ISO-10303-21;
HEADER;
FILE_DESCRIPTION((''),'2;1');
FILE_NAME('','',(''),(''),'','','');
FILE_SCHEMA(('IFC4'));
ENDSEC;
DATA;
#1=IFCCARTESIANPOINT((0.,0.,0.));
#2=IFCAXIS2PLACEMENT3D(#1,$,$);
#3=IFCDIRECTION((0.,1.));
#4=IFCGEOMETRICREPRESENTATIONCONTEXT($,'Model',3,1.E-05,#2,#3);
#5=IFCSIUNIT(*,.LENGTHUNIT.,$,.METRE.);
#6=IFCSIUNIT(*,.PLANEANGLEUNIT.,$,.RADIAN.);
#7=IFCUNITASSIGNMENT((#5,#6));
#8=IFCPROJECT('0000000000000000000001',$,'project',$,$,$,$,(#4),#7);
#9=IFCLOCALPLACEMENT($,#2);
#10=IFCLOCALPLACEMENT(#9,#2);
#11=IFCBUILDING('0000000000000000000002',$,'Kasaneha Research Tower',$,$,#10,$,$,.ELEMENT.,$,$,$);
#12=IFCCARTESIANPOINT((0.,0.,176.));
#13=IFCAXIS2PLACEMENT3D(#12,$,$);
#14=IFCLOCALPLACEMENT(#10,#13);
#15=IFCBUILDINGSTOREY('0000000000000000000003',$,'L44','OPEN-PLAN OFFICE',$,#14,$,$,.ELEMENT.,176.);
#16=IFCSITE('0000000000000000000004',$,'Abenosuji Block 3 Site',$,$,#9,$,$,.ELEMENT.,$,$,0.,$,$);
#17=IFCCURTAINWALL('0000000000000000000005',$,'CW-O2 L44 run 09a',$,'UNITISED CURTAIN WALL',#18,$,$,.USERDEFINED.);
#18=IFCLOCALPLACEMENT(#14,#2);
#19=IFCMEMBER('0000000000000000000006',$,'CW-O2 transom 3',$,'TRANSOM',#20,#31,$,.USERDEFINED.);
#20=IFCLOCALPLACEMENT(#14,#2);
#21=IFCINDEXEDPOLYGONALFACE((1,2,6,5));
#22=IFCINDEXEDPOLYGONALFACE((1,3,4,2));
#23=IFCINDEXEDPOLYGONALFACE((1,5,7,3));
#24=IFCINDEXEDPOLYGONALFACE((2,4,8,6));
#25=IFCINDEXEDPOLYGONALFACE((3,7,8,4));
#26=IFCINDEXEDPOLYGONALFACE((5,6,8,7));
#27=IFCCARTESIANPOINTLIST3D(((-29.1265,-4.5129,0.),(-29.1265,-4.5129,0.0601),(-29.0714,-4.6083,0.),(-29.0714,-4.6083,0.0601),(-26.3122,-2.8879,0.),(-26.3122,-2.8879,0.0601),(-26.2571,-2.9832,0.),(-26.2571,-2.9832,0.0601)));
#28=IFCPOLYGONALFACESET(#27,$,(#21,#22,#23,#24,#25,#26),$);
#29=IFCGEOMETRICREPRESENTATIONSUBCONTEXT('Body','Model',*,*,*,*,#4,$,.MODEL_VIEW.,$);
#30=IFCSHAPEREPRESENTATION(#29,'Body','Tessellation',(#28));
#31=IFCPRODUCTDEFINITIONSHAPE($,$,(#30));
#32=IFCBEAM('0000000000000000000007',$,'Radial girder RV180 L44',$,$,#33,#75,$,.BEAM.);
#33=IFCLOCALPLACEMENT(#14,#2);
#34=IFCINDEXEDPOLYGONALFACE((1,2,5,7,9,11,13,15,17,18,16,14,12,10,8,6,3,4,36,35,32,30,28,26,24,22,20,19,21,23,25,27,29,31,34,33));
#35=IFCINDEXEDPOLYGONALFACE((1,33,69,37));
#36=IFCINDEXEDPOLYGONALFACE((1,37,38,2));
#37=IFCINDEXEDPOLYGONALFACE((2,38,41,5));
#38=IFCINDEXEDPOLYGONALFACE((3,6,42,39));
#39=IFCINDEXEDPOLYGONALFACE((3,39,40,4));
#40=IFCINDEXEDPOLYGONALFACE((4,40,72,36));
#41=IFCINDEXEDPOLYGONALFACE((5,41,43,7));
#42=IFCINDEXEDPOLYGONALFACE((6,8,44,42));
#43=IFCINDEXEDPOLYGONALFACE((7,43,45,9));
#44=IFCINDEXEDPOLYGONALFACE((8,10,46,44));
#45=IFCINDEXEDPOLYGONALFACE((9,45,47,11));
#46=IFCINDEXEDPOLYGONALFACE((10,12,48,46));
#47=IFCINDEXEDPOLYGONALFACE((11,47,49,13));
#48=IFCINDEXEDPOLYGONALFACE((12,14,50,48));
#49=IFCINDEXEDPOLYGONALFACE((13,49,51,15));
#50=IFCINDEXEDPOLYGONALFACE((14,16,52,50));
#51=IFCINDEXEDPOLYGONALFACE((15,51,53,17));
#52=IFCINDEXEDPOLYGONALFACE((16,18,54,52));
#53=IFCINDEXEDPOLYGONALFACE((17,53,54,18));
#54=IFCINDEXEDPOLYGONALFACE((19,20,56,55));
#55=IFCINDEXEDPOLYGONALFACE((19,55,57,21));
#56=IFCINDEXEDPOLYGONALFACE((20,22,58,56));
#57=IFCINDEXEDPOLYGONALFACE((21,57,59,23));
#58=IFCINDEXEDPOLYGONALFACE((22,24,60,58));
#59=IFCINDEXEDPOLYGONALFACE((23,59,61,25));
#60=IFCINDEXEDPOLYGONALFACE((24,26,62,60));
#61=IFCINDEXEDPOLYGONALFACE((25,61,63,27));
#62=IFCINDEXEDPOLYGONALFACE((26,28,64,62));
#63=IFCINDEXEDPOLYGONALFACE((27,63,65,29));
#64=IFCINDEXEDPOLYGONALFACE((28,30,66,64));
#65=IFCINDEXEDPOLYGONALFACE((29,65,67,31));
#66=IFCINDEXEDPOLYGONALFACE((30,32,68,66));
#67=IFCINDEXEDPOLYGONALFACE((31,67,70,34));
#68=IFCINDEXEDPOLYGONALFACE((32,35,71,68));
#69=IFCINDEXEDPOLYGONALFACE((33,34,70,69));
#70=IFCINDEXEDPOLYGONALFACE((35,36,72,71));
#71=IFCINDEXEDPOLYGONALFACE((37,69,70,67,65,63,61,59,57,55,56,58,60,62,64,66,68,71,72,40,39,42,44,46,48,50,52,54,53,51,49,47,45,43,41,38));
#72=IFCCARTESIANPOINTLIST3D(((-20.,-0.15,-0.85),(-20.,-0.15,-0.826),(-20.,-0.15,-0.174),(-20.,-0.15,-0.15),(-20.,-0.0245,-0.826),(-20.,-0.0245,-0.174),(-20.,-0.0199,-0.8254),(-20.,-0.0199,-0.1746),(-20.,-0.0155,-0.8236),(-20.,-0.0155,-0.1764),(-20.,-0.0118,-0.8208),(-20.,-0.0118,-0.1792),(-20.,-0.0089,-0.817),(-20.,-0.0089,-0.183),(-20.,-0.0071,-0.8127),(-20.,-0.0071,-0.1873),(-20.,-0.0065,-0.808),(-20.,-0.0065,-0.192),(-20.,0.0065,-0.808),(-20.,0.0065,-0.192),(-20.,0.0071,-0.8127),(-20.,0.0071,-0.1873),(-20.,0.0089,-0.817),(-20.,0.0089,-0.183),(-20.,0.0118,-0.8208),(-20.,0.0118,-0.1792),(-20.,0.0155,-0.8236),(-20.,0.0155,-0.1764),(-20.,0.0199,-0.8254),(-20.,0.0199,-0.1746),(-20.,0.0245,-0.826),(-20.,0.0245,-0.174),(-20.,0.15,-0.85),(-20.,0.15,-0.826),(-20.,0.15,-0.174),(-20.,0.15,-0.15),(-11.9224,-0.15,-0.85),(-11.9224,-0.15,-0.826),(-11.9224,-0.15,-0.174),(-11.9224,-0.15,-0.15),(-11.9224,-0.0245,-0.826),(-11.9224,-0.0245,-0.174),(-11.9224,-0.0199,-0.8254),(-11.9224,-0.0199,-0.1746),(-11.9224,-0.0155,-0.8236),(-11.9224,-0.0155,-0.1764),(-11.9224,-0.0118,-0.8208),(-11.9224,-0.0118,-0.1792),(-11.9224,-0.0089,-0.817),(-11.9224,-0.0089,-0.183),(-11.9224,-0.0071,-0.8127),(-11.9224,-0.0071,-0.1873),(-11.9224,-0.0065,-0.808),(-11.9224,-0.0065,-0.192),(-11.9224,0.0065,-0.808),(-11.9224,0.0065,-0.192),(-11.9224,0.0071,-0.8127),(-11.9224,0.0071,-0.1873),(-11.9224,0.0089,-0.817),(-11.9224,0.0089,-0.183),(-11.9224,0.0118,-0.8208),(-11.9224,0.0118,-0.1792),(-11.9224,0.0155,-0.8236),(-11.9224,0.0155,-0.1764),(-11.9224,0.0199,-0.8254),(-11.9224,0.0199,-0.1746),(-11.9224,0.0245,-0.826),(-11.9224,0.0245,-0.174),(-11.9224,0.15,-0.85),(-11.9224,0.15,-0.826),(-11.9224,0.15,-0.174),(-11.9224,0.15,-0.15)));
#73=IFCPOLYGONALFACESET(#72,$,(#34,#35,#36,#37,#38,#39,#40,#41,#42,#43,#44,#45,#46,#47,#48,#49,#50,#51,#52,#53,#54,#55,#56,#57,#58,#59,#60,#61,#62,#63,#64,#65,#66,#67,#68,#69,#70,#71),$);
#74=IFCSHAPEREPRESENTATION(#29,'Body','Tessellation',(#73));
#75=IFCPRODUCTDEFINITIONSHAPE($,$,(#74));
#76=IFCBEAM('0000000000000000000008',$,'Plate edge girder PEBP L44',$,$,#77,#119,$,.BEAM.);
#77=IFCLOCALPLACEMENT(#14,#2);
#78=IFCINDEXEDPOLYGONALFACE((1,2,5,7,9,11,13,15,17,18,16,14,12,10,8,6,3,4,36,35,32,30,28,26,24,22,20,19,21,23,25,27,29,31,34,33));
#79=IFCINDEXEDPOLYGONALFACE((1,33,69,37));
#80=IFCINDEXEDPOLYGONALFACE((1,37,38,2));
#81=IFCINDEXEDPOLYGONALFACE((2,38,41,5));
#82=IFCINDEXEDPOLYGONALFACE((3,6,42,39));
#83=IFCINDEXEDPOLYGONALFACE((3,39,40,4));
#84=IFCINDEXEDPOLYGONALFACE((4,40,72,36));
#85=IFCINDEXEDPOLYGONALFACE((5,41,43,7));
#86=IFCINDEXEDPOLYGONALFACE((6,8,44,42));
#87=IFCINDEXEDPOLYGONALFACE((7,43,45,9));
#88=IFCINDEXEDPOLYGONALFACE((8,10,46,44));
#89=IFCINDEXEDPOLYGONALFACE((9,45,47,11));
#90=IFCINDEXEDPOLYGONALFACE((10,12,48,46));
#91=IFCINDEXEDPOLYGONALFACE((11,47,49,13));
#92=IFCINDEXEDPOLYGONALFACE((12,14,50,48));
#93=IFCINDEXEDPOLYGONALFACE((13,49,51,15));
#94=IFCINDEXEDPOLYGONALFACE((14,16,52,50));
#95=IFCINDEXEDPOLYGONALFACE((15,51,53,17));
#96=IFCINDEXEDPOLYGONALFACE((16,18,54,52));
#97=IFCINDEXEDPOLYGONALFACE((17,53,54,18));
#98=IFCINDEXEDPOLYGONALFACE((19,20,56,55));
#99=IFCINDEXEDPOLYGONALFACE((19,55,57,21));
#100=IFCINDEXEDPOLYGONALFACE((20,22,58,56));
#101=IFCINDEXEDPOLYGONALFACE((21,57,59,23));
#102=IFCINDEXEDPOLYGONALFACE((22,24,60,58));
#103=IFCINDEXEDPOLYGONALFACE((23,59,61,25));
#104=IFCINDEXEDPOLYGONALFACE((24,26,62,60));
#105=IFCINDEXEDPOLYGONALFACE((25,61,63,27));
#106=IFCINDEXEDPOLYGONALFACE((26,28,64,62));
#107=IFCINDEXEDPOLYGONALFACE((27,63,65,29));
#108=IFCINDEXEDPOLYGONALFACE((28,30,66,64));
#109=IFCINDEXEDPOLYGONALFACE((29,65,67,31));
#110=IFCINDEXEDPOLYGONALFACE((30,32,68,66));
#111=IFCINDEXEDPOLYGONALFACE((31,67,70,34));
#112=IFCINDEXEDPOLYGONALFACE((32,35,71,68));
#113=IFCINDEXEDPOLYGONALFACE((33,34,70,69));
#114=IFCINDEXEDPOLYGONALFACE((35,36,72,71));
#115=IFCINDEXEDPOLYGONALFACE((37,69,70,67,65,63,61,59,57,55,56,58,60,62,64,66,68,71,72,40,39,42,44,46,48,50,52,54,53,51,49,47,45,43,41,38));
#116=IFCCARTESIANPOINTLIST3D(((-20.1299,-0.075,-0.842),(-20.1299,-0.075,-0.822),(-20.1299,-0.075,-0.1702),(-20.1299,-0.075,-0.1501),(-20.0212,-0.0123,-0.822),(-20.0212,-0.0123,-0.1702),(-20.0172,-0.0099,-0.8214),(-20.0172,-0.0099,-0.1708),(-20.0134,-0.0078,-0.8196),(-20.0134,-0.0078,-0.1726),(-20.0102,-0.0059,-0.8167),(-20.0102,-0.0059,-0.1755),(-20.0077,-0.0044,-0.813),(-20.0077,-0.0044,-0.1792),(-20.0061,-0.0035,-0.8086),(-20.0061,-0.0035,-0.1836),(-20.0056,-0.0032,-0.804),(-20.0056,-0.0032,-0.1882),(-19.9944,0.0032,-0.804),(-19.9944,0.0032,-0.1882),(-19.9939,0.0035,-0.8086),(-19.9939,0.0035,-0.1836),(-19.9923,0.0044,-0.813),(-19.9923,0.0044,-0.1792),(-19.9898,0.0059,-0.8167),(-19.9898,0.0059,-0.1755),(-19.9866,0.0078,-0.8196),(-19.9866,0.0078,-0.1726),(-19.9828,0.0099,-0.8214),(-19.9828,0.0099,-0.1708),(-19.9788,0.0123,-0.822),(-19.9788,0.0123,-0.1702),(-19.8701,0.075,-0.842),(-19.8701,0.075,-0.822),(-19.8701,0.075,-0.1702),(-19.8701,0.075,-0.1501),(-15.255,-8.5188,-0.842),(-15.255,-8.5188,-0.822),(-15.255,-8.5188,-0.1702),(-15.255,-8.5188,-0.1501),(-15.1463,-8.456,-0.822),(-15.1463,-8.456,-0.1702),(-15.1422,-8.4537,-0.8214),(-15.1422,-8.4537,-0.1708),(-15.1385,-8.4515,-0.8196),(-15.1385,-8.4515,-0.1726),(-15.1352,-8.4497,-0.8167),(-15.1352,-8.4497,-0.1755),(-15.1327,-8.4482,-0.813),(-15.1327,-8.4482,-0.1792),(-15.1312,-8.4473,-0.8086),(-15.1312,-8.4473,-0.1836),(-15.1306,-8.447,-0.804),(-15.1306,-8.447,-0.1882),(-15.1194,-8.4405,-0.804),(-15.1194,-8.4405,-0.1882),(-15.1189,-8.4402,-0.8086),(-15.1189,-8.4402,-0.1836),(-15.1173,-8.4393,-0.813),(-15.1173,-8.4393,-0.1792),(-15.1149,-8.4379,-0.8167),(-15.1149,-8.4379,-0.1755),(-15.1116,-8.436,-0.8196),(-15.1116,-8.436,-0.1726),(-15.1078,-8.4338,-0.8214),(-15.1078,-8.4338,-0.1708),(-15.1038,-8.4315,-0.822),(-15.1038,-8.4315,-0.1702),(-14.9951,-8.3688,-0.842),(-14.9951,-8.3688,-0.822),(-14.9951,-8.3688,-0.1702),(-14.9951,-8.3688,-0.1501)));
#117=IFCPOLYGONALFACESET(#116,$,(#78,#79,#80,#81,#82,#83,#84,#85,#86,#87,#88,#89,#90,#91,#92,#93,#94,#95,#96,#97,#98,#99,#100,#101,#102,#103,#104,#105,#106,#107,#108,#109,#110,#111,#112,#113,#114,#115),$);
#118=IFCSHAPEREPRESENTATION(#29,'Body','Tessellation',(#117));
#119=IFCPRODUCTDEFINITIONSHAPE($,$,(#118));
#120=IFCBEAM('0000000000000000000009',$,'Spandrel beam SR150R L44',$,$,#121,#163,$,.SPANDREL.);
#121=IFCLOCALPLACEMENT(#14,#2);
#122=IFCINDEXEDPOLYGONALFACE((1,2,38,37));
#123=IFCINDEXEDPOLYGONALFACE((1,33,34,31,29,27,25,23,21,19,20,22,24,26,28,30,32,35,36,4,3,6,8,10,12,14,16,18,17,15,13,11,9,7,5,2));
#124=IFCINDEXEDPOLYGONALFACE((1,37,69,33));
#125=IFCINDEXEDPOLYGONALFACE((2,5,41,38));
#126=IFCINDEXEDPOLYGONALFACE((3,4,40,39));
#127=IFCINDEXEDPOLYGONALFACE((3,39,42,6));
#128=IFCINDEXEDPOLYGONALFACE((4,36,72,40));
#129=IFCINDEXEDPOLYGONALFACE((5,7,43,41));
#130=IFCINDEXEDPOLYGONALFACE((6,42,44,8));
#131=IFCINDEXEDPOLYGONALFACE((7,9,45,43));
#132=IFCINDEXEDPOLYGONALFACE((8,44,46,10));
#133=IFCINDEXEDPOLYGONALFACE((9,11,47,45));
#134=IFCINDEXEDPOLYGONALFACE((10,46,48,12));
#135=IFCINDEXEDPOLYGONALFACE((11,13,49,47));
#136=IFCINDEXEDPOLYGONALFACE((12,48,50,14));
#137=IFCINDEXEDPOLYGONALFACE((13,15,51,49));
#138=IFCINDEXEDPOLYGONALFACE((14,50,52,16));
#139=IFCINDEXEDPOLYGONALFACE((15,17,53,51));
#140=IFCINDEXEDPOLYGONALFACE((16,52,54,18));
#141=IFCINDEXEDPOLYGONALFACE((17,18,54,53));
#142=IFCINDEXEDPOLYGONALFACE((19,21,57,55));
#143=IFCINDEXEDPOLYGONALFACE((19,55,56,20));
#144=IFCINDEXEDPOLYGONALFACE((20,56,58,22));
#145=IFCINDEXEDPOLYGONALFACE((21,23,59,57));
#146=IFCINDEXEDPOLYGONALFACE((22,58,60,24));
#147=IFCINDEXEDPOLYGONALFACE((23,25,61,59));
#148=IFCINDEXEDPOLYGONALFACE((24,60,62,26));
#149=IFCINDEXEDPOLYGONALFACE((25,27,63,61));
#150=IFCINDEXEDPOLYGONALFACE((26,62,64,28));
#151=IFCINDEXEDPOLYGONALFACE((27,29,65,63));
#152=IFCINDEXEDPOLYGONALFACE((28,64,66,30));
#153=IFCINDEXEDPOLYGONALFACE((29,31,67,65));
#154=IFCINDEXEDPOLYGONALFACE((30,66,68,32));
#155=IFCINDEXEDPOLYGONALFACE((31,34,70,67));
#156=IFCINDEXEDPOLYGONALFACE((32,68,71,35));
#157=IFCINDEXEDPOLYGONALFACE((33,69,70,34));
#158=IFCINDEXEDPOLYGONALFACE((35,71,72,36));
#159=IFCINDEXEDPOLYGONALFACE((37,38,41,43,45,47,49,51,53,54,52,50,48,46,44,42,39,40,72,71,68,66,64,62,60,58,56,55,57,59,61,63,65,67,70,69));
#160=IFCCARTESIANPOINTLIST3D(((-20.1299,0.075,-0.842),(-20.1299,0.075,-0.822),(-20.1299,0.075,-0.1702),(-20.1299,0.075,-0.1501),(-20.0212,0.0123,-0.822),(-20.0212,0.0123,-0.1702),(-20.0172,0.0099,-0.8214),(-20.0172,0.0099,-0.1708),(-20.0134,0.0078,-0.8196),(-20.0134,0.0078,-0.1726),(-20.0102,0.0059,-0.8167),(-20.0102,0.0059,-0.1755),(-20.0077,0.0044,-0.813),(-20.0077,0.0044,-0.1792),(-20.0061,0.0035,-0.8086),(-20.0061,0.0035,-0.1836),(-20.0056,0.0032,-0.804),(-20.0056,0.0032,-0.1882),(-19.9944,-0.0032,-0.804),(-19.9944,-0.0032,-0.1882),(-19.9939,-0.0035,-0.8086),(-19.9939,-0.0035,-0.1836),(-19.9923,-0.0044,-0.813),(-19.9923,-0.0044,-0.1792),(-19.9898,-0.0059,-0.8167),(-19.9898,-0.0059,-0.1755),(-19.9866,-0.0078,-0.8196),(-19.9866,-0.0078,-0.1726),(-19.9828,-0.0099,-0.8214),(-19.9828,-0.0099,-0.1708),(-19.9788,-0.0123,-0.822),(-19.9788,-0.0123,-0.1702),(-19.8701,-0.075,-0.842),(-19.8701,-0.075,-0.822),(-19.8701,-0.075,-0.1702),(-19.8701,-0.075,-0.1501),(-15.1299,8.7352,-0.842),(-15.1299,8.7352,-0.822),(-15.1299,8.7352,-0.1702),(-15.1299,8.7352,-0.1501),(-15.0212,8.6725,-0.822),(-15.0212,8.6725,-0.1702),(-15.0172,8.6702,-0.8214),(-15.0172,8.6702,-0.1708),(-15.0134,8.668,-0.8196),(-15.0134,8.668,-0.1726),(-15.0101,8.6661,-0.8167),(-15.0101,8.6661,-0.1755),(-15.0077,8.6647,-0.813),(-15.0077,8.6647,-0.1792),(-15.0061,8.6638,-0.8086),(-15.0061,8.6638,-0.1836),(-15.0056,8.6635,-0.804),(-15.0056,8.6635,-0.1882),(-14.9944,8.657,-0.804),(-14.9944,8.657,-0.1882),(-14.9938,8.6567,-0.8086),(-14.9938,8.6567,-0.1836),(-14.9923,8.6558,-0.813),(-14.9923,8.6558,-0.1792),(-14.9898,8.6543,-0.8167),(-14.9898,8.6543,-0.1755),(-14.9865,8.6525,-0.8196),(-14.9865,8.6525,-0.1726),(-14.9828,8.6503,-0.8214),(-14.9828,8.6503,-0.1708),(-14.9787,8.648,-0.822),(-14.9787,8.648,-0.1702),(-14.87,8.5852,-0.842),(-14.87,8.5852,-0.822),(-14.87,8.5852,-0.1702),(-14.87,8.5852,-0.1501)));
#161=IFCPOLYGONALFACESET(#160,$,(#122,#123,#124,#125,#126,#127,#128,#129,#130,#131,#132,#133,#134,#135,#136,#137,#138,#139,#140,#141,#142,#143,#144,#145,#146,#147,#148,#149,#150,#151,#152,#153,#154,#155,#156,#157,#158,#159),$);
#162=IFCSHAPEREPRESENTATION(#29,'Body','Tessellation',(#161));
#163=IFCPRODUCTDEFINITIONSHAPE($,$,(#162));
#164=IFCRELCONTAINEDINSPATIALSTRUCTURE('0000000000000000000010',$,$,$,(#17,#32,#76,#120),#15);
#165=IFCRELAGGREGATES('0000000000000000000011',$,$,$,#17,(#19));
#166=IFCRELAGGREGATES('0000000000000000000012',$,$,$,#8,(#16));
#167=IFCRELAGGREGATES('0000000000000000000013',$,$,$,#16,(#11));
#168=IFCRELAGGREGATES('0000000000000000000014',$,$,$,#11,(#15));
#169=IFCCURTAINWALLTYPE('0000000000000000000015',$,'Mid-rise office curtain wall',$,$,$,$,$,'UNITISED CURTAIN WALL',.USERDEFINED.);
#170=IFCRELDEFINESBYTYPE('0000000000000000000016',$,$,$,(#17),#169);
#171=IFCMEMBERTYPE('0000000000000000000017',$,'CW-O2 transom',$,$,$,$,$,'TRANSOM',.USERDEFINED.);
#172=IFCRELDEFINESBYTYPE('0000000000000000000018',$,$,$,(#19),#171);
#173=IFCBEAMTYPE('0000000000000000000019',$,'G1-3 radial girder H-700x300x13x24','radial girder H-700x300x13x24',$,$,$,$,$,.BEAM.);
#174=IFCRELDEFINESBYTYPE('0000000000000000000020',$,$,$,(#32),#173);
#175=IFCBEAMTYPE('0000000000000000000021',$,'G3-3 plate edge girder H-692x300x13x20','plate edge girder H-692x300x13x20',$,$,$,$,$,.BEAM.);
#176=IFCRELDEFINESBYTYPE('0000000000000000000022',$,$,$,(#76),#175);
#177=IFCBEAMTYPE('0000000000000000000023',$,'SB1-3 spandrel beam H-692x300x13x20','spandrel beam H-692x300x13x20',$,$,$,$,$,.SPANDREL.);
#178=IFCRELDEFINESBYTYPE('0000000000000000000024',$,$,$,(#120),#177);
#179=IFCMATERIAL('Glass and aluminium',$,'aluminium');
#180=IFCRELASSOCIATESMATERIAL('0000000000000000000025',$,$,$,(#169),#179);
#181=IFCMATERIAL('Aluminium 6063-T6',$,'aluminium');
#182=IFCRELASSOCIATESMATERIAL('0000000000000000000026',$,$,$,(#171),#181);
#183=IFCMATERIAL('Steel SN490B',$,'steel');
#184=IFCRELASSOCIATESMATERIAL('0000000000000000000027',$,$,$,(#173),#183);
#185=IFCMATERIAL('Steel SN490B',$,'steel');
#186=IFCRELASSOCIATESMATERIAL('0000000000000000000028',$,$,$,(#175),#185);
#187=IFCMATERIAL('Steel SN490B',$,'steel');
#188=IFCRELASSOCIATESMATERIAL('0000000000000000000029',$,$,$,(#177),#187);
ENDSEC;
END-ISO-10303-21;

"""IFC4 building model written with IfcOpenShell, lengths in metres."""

from ifc_helpers import new_model, si_unit, direction, frame, origin, origin_2d, place, context, subcontext, project, spatial, rectangle, i_section, extrude, material, material_profile, profile_set, type_object, element, aggregate, save


model = new_model("IFC4")

# Units and contexts
model_context = context("Model", 3, precision=1e-05, world=origin(), true_north=direction((0.0, 1.0)))
body_context = subcontext(model_context, "Body", "Model", "MODEL_VIEW")
ifc_project = project(units=[si_unit("LENGTHUNIT", "METRE"), si_unit("PLANEANGLEUNIT", "RADIAN")], contexts=[model_context])

# Site, building, storey
site_placement = place(None, origin())
site = spatial("IfcSite", under=ifc_project, at=site_placement, Name="Abenosuji Block 3 Site", CompositionType="ELEMENT", RefElevation=0.0)
building_placement = place(site_placement, origin())
building = spatial("IfcBuilding", under=site, at=building_placement, Name="Kasaneha Research Tower", CompositionType="ELEMENT")
storey_placement = place(building_placement, frame((0.0, 0.0, 176.0)))
storey = spatial("IfcBuildingStorey", under=building, at=storey_placement, Name="L44", Description="OPEN-PLAN OFFICE", CompositionType="ELEMENT", Elevation=176.0)

# Shared definitions
ifc_material_1 = material(Name="Glass and aluminium", Category="aluminium")
curtain_wall_type = type_object("IfcCurtainWallType", Name="Mid-rise office curtain wall", ElementType="UNITISED CURTAIN WALL", PredefinedType="USERDEFINED", material=ifc_material_1)

# Curtain wall
curtain_wall_1_placement = place(storey_placement, origin())
curtain_wall_1 = element("IfcCurtainWall", 1, at=curtain_wall_1_placement, inside=storey, type_object=curtain_wall_type, Name="CW-O2 L44 run 09a", ObjectType="UNITISED CURTAIN WALL", PredefinedType="USERDEFINED")

# Member
ifc_material_2 = material(Name="Aluminium 6063-T6", Category="aluminium")
ifc_material_profile_1 = material_profile(ifc_material_2, rectangle(XDim=0.1101, YDim=0.0601, at=origin_2d()), Name="CW-O2 transom 110x60")
ifc_profile_set_1 = profile_set([ifc_material_profile_1], Name="Aluminium 6063-T6")
member_type_1 = type_object("IfcMemberType", Name="CW-O2 transom", ElementType="TRANSOM", PredefinedType="USERDEFINED", material=ifc_profile_set_1)
member_1_placement = place(storey_placement, frame((-26.2847, -2.9355, 0.03), z_axis=(-0.865997, -0.50005, 0.0), x_axis=(0.50005, -0.865997, 0.0)))
member_1 = element("IfcMember", 2, at=member_1_placement, type_object=member_type_1, Name="CW-O2 transom 3", ObjectType="TRANSOM", PredefinedType="USERDEFINED", context=body_context, shape_type="SweptSolid", body=[
    extrude(rectangle(XDim=0.1101, YDim=0.0601, at=origin_2d()), origin(), (0.0, 0.0, 1.0), 3.2498),
])

# Beams
ifc_material_3 = material(Name="Steel SN490B", Category="steel")
ifc_material_profile_2 = material_profile(ifc_material_3, i_section(OverallWidth=0.3, OverallDepth=0.7, WebThickness=0.0129, FlangeThickness=0.0239, FilletRadius=0.0181, at=origin_2d()), Name="H-700x300x13x24")
ifc_profile_set_2 = profile_set([ifc_material_profile_2], Name="Steel SN490B")
beam_type_1 = type_object("IfcBeamType", Name="G1-3 radial girder H-700x300x13x24", Description="radial girder H-700x300x13x24", PredefinedType="BEAM", material=ifc_profile_set_2)
beam_1_placement = place(storey_placement, frame((-11.9224, 0.0, -0.5), z_axis=(-1.0, 0.0, 0.0), x_axis=(0.0, -1.0, 0.0)))
element("IfcBeam", 3, at=beam_1_placement, inside=storey, type_object=beam_type_1, Name="Radial girder RV180 L44", PredefinedType="BEAM", context=body_context, shape_type="SweptSolid", body=[
    extrude(i_section(OverallWidth=0.3, OverallDepth=0.7, WebThickness=0.0129, FlangeThickness=0.0239, FilletRadius=0.0181, at=origin_2d()), origin(), (0.0, 0.0, 1.0), 8.0776),
])
ifc_material_4 = material(Name="Steel SN490B", Category="steel")
ifc_material_profile_3 = material_profile(ifc_material_4, i_section(OverallWidth=0.3, OverallDepth=0.6919, WebThickness=0.0129, FlangeThickness=0.02, FilletRadius=0.0181, at=origin_2d()), Name="H-692x300x13x20")
ifc_profile_set_3 = profile_set([ifc_material_profile_3], Name="Steel SN490B")
beam_type_2 = type_object("IfcBeamType", Name="G3-3 plate edge girder H-692x300x13x20", Description="plate edge girder H-692x300x13x20", PredefinedType="BEAM", material=ifc_profile_set_3)
beam_2_placement = place(storey_placement, frame((-20.0, 0.0, -0.4961), z_axis=(0.499996, -0.866028, 0.0), x_axis=(0.866028, 0.499996, 0.0)))
element("IfcBeam", 4, at=beam_2_placement, inside=storey, type_object=beam_type_2, Name="Plate edge girder PEBP L44", PredefinedType="BEAM", context=body_context, shape_type="SweptSolid", body=[
    extrude(i_section(OverallWidth=0.3, OverallDepth=0.6919, WebThickness=0.0129, FlangeThickness=0.02, FilletRadius=0.0181, at=origin_2d()), origin(), (0.0, 0.0, 1.0), 9.75),
])
ifc_material_5 = material(Name="Steel SN490B", Category="steel")
ifc_material_profile_4 = material_profile(ifc_material_5, i_section(OverallWidth=0.3, OverallDepth=0.6919, WebThickness=0.0129, FlangeThickness=0.02, FilletRadius=0.0181, at=origin_2d()), Name="H-692x300x13x20")
ifc_profile_set_4 = profile_set([ifc_material_profile_4], Name="Steel SN490B")
beam_type_3 = type_object("IfcBeamType", Name="SB1-3 spandrel beam H-692x300x13x20", Description="spandrel beam H-692x300x13x20", PredefinedType="SPANDREL", material=ifc_profile_set_4)
beam_3_placement = place(storey_placement, frame((-20.0, 0.0, -0.4961), z_axis=(0.500004, 0.866023, 0.0), x_axis=(-0.866023, 0.500004, 0.0)))
element("IfcBeam", 5, at=beam_3_placement, inside=storey, type_object=beam_type_3, Name="Spandrel beam SR150R L44", PredefinedType="SPANDREL", context=body_context, shape_type="SweptSolid", body=[
    extrude(i_section(OverallWidth=0.3, OverallDepth=0.6919, WebThickness=0.0129, FlangeThickness=0.02, FilletRadius=0.0181, at=origin_2d()), origin(), (0.0, 0.0, 1.0), 10.0),
])

aggregate(curtain_wall_1, [member_1])

save(model, "model.ifc")
